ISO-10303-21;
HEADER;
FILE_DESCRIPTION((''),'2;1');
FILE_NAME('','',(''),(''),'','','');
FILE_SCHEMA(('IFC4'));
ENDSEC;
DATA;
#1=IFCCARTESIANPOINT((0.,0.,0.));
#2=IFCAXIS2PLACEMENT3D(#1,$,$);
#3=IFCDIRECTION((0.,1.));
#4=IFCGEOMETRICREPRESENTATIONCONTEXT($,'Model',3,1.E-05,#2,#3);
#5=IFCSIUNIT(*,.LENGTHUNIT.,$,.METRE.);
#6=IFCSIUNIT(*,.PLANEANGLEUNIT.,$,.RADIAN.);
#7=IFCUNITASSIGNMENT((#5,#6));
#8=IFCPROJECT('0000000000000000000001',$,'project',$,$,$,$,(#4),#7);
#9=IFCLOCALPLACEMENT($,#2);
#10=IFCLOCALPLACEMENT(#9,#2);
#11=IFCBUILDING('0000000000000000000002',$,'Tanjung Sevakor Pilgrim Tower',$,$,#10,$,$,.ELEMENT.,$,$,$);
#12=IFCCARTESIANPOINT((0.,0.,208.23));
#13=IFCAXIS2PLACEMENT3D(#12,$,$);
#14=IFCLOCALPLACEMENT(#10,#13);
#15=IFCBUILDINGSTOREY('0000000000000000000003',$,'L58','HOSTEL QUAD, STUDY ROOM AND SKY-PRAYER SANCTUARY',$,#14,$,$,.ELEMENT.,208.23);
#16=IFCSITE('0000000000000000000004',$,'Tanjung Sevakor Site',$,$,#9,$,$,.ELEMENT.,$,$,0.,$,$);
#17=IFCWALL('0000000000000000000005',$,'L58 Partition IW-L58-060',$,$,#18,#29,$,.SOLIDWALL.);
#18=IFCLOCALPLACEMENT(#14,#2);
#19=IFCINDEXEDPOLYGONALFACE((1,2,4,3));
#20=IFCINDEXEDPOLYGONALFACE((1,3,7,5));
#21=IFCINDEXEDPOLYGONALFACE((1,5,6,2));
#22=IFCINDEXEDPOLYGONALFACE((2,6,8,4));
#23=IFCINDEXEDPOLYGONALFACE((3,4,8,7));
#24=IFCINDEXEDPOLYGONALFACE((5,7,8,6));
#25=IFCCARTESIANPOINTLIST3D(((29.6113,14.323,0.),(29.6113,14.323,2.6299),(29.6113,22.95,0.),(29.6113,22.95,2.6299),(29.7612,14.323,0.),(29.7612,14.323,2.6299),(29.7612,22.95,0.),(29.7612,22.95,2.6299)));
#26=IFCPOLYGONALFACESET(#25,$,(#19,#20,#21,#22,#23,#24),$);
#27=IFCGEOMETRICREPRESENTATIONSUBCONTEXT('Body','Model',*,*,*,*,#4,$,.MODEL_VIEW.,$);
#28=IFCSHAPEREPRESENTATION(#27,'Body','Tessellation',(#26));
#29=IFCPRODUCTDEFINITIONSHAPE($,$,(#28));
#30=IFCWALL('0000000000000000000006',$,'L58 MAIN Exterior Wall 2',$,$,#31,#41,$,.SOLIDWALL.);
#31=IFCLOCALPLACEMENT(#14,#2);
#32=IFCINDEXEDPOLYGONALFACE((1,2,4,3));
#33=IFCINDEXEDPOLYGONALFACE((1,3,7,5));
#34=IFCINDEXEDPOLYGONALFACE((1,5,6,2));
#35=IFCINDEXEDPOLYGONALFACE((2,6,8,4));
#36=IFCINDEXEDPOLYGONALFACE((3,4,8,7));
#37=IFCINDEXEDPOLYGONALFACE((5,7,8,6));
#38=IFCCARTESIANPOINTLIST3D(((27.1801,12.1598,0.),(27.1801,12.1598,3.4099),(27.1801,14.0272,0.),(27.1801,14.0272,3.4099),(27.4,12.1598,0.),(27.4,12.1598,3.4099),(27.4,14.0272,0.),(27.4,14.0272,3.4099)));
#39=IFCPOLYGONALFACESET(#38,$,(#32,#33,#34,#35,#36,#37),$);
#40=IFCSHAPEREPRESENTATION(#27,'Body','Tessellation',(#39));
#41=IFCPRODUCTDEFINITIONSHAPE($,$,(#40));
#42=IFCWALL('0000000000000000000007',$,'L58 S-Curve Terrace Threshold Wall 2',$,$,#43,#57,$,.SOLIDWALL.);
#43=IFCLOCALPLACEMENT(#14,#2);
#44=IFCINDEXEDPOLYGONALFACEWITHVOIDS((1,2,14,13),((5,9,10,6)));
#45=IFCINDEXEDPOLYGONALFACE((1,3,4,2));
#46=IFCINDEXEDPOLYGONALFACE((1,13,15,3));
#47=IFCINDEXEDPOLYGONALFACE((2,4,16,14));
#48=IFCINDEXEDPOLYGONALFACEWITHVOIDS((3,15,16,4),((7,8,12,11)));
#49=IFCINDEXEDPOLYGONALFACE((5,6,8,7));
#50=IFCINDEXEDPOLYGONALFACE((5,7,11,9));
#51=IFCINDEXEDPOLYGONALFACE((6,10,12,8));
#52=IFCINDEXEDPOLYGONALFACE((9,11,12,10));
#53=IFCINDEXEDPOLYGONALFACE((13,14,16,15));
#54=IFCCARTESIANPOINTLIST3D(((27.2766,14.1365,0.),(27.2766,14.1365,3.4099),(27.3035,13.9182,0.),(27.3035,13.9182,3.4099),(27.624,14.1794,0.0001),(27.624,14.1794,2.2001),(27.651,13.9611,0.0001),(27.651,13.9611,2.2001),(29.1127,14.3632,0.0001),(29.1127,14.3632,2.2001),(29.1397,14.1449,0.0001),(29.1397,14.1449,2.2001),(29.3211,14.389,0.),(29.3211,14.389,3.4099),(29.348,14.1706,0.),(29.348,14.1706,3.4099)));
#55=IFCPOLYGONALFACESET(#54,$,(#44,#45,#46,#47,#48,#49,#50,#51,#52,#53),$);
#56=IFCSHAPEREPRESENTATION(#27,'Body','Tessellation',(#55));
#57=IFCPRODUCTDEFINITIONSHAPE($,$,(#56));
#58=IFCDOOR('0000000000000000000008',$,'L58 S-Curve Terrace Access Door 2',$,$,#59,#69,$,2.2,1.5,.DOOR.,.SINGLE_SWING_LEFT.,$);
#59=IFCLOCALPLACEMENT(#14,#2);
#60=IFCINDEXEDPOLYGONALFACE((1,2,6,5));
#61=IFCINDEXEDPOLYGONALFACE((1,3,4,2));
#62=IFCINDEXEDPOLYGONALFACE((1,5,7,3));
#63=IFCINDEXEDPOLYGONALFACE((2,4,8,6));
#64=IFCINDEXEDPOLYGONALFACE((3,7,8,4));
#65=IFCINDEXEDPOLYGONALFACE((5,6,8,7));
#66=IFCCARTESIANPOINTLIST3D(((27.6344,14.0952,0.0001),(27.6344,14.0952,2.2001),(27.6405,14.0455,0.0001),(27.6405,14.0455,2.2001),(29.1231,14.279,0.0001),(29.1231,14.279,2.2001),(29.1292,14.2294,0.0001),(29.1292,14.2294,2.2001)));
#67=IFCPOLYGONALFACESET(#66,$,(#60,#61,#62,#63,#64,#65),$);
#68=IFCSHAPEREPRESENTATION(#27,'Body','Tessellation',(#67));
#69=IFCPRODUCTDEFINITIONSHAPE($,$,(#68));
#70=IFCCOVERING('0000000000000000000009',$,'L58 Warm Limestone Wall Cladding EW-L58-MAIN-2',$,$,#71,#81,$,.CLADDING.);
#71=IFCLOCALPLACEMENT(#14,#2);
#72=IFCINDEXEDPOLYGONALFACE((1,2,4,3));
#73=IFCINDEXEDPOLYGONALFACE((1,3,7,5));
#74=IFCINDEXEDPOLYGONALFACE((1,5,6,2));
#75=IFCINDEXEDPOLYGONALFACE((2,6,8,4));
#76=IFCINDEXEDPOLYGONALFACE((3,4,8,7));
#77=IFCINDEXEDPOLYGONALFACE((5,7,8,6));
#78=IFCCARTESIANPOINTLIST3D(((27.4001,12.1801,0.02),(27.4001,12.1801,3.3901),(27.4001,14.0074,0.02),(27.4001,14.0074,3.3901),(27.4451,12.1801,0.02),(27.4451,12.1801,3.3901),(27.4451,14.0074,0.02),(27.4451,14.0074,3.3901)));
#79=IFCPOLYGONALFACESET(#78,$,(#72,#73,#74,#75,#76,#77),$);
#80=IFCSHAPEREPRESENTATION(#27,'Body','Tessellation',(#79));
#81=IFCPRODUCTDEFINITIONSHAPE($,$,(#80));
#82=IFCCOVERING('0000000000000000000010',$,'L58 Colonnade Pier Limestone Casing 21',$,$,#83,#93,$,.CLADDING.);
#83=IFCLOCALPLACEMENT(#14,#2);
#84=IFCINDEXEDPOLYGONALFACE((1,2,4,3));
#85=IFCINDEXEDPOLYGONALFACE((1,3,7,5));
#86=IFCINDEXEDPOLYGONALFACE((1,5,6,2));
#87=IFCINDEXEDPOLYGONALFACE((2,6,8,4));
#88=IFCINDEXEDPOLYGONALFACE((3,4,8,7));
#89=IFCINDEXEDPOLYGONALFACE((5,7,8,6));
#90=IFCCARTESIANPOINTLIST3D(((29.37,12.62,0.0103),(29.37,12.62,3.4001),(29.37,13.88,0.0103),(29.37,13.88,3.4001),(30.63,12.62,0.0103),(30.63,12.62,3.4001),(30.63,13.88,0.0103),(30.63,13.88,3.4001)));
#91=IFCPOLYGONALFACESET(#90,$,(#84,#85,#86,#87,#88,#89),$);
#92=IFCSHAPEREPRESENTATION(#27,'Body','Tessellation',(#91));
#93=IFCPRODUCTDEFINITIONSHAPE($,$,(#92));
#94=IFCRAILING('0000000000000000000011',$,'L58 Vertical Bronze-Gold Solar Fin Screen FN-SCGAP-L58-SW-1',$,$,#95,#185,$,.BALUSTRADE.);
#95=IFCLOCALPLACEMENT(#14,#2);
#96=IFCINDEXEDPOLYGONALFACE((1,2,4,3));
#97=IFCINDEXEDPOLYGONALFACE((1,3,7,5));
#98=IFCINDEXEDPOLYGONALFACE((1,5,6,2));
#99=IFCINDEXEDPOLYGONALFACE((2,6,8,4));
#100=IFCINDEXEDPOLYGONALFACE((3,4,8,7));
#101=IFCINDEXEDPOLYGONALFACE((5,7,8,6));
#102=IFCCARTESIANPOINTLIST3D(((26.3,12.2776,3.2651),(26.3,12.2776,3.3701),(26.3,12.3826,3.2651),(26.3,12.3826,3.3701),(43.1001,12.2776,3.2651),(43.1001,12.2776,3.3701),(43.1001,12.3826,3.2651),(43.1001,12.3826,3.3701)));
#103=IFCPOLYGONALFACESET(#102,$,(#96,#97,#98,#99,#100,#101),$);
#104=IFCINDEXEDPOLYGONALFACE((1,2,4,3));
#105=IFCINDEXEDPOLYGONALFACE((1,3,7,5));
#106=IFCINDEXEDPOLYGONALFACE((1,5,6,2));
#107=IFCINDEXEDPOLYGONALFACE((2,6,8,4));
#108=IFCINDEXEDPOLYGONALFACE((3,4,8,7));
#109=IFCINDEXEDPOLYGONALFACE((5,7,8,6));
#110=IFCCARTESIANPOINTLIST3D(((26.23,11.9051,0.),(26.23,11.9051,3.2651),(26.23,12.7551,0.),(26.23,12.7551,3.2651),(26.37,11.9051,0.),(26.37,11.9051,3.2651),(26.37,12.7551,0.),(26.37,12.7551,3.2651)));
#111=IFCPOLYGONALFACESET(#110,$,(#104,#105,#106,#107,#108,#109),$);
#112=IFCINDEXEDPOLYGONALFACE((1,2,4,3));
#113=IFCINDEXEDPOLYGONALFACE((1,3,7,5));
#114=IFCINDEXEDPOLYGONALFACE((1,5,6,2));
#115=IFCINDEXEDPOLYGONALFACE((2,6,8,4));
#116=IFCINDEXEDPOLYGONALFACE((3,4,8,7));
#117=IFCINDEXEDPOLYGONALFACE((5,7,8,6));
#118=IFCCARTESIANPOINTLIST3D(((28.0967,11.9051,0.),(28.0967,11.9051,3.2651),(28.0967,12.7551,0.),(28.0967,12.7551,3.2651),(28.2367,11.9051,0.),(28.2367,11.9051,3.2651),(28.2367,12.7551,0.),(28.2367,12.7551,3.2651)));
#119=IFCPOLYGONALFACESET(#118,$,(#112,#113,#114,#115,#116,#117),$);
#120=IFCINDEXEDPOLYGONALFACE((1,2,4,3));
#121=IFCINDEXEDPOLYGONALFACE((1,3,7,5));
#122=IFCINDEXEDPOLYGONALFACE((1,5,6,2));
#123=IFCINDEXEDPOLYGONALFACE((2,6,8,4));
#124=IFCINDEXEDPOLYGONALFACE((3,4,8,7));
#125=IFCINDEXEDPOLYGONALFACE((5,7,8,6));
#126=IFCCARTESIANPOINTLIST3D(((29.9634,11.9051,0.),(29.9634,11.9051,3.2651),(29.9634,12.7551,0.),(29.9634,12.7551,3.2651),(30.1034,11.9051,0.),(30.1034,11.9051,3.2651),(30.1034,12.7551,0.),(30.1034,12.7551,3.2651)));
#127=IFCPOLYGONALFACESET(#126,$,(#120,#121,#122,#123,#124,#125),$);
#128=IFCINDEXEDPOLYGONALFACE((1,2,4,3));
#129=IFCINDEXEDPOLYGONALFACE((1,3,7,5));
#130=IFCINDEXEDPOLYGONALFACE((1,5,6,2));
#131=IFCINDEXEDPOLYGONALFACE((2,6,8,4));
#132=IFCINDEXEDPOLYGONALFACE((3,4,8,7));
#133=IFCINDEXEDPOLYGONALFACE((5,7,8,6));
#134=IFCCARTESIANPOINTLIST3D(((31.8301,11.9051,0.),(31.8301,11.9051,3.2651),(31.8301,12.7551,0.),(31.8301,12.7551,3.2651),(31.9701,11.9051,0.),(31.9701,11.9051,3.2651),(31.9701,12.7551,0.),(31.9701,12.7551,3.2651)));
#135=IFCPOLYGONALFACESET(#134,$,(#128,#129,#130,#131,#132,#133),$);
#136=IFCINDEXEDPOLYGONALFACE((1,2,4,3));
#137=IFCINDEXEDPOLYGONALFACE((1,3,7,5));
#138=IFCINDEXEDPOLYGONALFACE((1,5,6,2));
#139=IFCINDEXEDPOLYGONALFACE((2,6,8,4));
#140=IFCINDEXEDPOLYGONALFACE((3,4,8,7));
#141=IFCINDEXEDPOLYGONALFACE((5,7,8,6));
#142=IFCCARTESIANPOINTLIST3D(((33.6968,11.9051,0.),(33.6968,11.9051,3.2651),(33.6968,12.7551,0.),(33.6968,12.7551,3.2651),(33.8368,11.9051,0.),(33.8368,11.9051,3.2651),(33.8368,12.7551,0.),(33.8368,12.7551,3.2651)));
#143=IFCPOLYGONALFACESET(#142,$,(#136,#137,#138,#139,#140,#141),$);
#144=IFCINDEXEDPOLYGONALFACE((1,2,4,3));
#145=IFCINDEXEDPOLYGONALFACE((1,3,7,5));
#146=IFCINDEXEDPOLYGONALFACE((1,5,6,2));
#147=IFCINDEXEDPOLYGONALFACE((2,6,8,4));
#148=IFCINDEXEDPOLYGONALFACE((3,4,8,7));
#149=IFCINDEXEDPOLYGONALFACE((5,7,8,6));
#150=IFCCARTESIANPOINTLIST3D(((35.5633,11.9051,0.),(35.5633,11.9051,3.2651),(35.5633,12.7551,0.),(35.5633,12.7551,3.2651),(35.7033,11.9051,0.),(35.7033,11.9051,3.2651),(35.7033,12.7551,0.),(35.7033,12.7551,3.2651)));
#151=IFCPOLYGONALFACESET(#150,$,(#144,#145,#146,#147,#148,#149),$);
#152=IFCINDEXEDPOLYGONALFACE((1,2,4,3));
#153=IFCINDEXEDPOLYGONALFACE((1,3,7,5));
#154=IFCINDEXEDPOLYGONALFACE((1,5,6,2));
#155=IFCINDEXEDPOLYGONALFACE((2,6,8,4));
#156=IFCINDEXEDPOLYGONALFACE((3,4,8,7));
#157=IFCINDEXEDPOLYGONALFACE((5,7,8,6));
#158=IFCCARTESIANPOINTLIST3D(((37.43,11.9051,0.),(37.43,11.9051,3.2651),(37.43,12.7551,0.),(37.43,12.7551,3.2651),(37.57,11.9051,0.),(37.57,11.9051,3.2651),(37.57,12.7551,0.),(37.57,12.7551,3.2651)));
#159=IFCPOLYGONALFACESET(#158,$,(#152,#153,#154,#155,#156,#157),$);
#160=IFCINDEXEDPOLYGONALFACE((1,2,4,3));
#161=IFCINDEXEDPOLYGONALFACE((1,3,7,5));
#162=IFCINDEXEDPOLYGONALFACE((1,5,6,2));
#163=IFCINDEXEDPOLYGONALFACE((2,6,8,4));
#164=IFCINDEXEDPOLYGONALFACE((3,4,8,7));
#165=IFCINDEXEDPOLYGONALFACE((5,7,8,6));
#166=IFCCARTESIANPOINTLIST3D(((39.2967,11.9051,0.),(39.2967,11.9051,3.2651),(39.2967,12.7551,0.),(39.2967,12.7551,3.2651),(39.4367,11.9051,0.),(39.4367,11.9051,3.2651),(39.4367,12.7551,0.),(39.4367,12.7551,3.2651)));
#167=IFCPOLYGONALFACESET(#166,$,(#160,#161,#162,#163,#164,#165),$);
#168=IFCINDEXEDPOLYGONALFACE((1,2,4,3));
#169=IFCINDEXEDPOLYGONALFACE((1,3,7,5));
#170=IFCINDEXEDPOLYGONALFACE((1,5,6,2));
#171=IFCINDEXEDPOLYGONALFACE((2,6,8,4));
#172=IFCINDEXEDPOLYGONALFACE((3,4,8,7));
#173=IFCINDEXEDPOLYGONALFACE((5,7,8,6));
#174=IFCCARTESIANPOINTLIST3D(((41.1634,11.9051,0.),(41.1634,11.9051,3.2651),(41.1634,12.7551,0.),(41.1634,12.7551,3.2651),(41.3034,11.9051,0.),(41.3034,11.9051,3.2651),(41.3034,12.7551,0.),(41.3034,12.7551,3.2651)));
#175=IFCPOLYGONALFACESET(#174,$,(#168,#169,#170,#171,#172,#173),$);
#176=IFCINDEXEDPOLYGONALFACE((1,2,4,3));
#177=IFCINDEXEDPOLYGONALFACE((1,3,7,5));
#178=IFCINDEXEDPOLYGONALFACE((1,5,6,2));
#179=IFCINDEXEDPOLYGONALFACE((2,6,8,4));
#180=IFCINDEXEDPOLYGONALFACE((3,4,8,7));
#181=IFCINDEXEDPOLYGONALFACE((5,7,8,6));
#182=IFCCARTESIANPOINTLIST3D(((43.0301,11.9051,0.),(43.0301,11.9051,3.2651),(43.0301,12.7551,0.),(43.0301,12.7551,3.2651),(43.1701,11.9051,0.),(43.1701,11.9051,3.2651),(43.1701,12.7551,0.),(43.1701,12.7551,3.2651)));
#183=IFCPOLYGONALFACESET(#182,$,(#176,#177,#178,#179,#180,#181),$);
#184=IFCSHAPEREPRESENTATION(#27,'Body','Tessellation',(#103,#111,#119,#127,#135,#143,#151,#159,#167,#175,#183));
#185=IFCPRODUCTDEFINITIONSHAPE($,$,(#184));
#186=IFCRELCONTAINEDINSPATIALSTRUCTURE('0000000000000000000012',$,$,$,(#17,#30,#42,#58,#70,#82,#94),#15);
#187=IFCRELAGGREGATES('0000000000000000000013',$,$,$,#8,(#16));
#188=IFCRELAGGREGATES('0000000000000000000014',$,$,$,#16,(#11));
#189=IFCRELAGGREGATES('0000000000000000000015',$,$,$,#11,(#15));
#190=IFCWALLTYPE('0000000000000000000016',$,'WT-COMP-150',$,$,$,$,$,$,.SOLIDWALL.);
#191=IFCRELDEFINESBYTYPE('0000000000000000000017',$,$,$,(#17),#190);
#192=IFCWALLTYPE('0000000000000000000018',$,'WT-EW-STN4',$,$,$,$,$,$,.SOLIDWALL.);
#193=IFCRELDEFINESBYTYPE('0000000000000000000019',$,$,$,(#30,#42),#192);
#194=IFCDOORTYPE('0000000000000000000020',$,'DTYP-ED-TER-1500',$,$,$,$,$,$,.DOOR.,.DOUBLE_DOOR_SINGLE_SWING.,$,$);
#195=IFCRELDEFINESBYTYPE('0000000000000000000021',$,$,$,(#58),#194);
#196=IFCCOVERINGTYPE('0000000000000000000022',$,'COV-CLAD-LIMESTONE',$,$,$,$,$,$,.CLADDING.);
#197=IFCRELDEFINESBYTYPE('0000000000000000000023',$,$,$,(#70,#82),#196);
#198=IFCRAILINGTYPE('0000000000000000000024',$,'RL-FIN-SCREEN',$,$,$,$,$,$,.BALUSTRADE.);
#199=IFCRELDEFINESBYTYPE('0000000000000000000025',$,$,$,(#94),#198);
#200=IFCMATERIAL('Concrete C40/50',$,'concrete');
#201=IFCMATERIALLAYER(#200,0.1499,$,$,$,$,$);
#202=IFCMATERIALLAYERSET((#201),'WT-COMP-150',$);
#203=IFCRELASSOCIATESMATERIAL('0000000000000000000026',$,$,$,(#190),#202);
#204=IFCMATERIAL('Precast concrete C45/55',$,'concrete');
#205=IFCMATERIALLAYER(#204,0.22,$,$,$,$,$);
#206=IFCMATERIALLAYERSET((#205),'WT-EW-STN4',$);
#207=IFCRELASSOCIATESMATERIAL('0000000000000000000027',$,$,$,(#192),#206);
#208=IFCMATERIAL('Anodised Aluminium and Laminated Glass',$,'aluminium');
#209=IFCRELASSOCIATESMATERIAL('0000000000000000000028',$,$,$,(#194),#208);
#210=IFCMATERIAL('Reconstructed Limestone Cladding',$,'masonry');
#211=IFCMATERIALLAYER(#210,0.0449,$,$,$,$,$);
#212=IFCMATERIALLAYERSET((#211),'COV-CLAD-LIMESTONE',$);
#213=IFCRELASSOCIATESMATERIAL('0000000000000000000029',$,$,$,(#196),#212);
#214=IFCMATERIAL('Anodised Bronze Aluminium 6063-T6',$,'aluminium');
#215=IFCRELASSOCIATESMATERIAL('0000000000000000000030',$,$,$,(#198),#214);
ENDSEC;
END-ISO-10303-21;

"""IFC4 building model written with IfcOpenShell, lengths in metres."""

from ifc_helpers import new_model, si_unit, direction, frame, frame_2d, origin, origin_2d, place, context, subcontext, project, spatial, rectangle, extrude, material, layer, layer_set, type_object, element, fill, save


model = new_model("IFC4")

# Units and contexts
model_context = context("Model", 3, precision=1e-05, world=origin(), true_north=direction((0.0, 1.0)))
body_context = subcontext(model_context, "Body", "Model", "MODEL_VIEW")
ifc_project = project(units=[si_unit("LENGTHUNIT", "METRE"), si_unit("PLANEANGLEUNIT", "RADIAN")], contexts=[model_context])

# Site, building, storey
site_placement = place(None, origin())
site = spatial("IfcSite", under=ifc_project, at=site_placement, Name="Tanjung Sevakor Site", CompositionType="ELEMENT", RefElevation=0.0)
building_placement = place(site_placement, origin())
building = spatial("IfcBuilding", under=site, at=building_placement, Name="Tanjung Sevakor Pilgrim Tower", CompositionType="ELEMENT")
storey_placement = place(building_placement, frame((0.0, 0.0, 208.23)))
storey = spatial("IfcBuildingStorey", under=building, at=storey_placement, Name="L58", Description="HOSTEL QUAD, STUDY ROOM AND SKY-PRAYER SANCTUARY", CompositionType="ELEMENT", Elevation=208.23)

# Walls
ifc_material_1 = material(Name="Concrete C40/50", Category="concrete")
ifc_layer_1 = layer(ifc_material_1, 0.1499)
ifc_layer_set_1 = layer_set([ifc_layer_1], Name="WT-COMP-150")
wall_type_1 = type_object("IfcWallType", Name="WT-COMP-150", PredefinedType="SOLIDWALL", material=ifc_layer_set_1)
wall_1_placement = place(storey_placement, frame((29.6863, 14.323, 0.0), z_axis=(0.0, 0.0, 1.0), x_axis=(0.0, 1.0, 0.0)))
element("IfcWall", 1, at=wall_1_placement, inside=storey, type_object=wall_type_1, Name="L58 Partition IW-L58-060", PredefinedType="SOLIDWALL", context=body_context, shape_type="SweptSolid", body=[
    extrude(rectangle(XDim=8.627, YDim=0.1499, at=frame_2d((4.3135, 0.0))), origin(), (0.0, 0.0, 1.0), 2.6299),
])
ifc_material_2 = material(Name="Precast concrete C45/55", Category="concrete")
ifc_layer_2 = layer(ifc_material_2, 0.22)
ifc_layer_set_2 = layer_set([ifc_layer_2], Name="WT-EW-STN4")
wall_type_2 = type_object("IfcWallType", Name="WT-EW-STN4", PredefinedType="SOLIDWALL", material=ifc_layer_set_2)
wall_2_placement = place(storey_placement, frame((27.29, 12.1599, 0.0), z_axis=(0.0, 0.0, 1.0), x_axis=(0.0, 1.0, 0.0)))
element("IfcWall", 2, at=wall_2_placement, inside=storey, type_object=wall_type_2, Name="L58 MAIN Exterior Wall 2", PredefinedType="SOLIDWALL", context=body_context, shape_type="SweptSolid", body=[
    extrude(rectangle(XDim=1.8674, YDim=0.22, at=frame_2d((0.9336, 0.0))), origin(), (0.0, 0.0, 1.0), 3.4099),
])

# Wall, opening, door
wall_3_placement = place(storey_placement, frame((27.29, 14.0273, 0.0), z_axis=(0.0, 0.0, 1.0), x_axis=(0.992463, 0.122547, 0.0)))
wall_3 = element("IfcWall", 3, at=wall_3_placement, inside=storey, type_object=wall_type_2, Name="L58 S-Curve Terrace Threshold Wall 2", PredefinedType="SOLIDWALL", context=body_context, shape_type="SweptSolid", body=[
    extrude(rectangle(XDim=2.0601, YDim=0.22, at=frame_2d((1.03, 0.0))), origin(), (0.0, 0.0, 1.0), 3.4099),
])
opening_placement = place(wall_3_placement, frame((0.3501, 0.0, 0.0)))
opening = element("IfcOpeningElement", 4, at=opening_placement, cuts=wall_3, PredefinedType="OPENING", context=body_context, shape_type="SweptSolid", body=[
    extrude(rectangle(XDim=1.5, YDim=2.2, at=frame_2d((0.75, 1.1001))), frame((0.0, 0.1199, 0.0), z_axis=(0.0, -1.0, 0.0), x_axis=(1.0, 0.0, 0.0)), (0.0, 0.0, 1.0), 0.24),
])
ifc_material_3 = material(Name="Anodised Aluminium and Laminated Glass", Category="aluminium")
door_type = type_object("IfcDoorType", Name="DTYP-ED-TER-1500", OperationType="DOUBLE_DOOR_SINGLE_SWING", PredefinedType="DOOR", material=ifc_material_3)
door_placement = place(opening_placement, frame((1.5, 0.0, 0.0), z_axis=(0.0, 0.0, 1.0), x_axis=(-1.0, 0.0, 0.0)))
door = element("IfcDoor", 5, at=door_placement, inside=storey, type_object=door_type, Name="L58 S-Curve Terrace Access Door 2", OperationType="SINGLE_SWING_LEFT", OverallHeight=2.2, OverallWidth=1.5, PredefinedType="DOOR", context=body_context, shape_type="SweptSolid", body=[
    extrude(rectangle(XDim=1.5, YDim=2.2, at=frame_2d((0.75, 1.1001))), frame((0.0, 0.0249, 0.0), z_axis=(0.0, -1.0, 0.0), x_axis=(1.0, 0.0, 0.0)), (0.0, 0.0, 1.0), 0.05),
])
fill(opening, door)

# Coverings
ifc_material_4 = material(Name="Reconstructed Limestone Cladding", Category="masonry")
ifc_layer_3 = layer(ifc_material_4, 0.0449)
ifc_layer_set_3 = layer_set([ifc_layer_3], Name="COV-CLAD-LIMESTONE")
covering_type = type_object("IfcCoveringType", Name="COV-CLAD-LIMESTONE", PredefinedType="CLADDING", material=ifc_layer_set_3)
covering_1_placement = place(storey_placement, frame((27.4226, 13.0938, 0.02), z_axis=(0.0, 0.0, 1.0), x_axis=(0.0, 1.0, 0.0)))
element("IfcCovering", 6, at=covering_1_placement, inside=storey, type_object=covering_type, Name="L58 Warm Limestone Wall Cladding EW-L58-MAIN-2", PredefinedType="CLADDING", context=body_context, shape_type="SweptSolid", body=[
    extrude(rectangle(XDim=1.8274, YDim=0.0449, at=origin_2d()), origin(), (0.0, 0.0, 1.0), 3.3701),
])
covering_2_placement = place(storey_placement, frame((30.0, 13.25, 0.0103), z_axis=(0.0, 0.0, 1.0), x_axis=(1.0, 0.0, 0.0)))
element("IfcCovering", 7, at=covering_2_placement, inside=storey, type_object=covering_type, Name="L58 Colonnade Pier Limestone Casing 21", PredefinedType="CLADDING", context=body_context, shape_type="SweptSolid", body=[
    extrude(rectangle(XDim=1.26, YDim=1.26, at=origin_2d()), origin(), (0.0, 0.0, 1.0), 3.3899),
])

# Railing
ifc_material_5 = material(Name="Anodised Bronze Aluminium 6063-T6", Category="aluminium")
railing_type = type_object("IfcRailingType", Name="RL-FIN-SCREEN", PredefinedType="BALUSTRADE", material=ifc_material_5)
railing_placement = place(storey_placement, frame((26.3, 12.3301, 0.0)))
element("IfcRailing", 8, at=railing_placement, inside=storey, type_object=railing_type, Name="L58 Vertical Bronze-Gold Solar Fin Screen FN-SCGAP-L58-SW-1", PredefinedType="BALUSTRADE", context=body_context, shape_type="SweptSolid", body=[
    extrude(rectangle(XDim=0.105, YDim=0.105), frame((0.0, 0.0, 3.3176), z_axis=(1.0, 0.0, 0.0), x_axis=(0.0, 1.0, 0.0)), (0.0, 0.0, 1.0), 16.8),
    extrude(rectangle(XDim=0.14, YDim=0.85), origin(), (0.0, 0.0, 1.0), 3.2651),
    extrude(rectangle(XDim=0.14, YDim=0.85), frame((1.8667, 0.0, 0.0)), (0.0, 0.0, 1.0), 3.2651),
    extrude(rectangle(XDim=0.14, YDim=0.85), frame((3.7334, 0.0, 0.0)), (0.0, 0.0, 1.0), 3.2651),
    extrude(rectangle(XDim=0.14, YDim=0.85), frame((5.6001, 0.0, 0.0)), (0.0, 0.0, 1.0), 3.2651),
    extrude(rectangle(XDim=0.14, YDim=0.85), frame((7.4668, 0.0, 0.0)), (0.0, 0.0, 1.0), 3.2651),
    extrude(rectangle(XDim=0.14, YDim=0.85), frame((9.3333, 0.0, 0.0)), (0.0, 0.0, 1.0), 3.2651),
    extrude(rectangle(XDim=0.14, YDim=0.85), frame((11.2, 0.0, 0.0)), (0.0, 0.0, 1.0), 3.2651),
    extrude(rectangle(XDim=0.14, YDim=0.85), frame((13.0667, 0.0, 0.0)), (0.0, 0.0, 1.0), 3.2651),
    extrude(rectangle(XDim=0.14, YDim=0.85), frame((14.9333, 0.0, 0.0)), (0.0, 0.0, 1.0), 3.2651),
    extrude(rectangle(XDim=0.14, YDim=0.85), frame((16.8, 0.0, 0.0)), (0.0, 0.0, 1.0), 3.2651),
])

save(model, "model.ifc")
